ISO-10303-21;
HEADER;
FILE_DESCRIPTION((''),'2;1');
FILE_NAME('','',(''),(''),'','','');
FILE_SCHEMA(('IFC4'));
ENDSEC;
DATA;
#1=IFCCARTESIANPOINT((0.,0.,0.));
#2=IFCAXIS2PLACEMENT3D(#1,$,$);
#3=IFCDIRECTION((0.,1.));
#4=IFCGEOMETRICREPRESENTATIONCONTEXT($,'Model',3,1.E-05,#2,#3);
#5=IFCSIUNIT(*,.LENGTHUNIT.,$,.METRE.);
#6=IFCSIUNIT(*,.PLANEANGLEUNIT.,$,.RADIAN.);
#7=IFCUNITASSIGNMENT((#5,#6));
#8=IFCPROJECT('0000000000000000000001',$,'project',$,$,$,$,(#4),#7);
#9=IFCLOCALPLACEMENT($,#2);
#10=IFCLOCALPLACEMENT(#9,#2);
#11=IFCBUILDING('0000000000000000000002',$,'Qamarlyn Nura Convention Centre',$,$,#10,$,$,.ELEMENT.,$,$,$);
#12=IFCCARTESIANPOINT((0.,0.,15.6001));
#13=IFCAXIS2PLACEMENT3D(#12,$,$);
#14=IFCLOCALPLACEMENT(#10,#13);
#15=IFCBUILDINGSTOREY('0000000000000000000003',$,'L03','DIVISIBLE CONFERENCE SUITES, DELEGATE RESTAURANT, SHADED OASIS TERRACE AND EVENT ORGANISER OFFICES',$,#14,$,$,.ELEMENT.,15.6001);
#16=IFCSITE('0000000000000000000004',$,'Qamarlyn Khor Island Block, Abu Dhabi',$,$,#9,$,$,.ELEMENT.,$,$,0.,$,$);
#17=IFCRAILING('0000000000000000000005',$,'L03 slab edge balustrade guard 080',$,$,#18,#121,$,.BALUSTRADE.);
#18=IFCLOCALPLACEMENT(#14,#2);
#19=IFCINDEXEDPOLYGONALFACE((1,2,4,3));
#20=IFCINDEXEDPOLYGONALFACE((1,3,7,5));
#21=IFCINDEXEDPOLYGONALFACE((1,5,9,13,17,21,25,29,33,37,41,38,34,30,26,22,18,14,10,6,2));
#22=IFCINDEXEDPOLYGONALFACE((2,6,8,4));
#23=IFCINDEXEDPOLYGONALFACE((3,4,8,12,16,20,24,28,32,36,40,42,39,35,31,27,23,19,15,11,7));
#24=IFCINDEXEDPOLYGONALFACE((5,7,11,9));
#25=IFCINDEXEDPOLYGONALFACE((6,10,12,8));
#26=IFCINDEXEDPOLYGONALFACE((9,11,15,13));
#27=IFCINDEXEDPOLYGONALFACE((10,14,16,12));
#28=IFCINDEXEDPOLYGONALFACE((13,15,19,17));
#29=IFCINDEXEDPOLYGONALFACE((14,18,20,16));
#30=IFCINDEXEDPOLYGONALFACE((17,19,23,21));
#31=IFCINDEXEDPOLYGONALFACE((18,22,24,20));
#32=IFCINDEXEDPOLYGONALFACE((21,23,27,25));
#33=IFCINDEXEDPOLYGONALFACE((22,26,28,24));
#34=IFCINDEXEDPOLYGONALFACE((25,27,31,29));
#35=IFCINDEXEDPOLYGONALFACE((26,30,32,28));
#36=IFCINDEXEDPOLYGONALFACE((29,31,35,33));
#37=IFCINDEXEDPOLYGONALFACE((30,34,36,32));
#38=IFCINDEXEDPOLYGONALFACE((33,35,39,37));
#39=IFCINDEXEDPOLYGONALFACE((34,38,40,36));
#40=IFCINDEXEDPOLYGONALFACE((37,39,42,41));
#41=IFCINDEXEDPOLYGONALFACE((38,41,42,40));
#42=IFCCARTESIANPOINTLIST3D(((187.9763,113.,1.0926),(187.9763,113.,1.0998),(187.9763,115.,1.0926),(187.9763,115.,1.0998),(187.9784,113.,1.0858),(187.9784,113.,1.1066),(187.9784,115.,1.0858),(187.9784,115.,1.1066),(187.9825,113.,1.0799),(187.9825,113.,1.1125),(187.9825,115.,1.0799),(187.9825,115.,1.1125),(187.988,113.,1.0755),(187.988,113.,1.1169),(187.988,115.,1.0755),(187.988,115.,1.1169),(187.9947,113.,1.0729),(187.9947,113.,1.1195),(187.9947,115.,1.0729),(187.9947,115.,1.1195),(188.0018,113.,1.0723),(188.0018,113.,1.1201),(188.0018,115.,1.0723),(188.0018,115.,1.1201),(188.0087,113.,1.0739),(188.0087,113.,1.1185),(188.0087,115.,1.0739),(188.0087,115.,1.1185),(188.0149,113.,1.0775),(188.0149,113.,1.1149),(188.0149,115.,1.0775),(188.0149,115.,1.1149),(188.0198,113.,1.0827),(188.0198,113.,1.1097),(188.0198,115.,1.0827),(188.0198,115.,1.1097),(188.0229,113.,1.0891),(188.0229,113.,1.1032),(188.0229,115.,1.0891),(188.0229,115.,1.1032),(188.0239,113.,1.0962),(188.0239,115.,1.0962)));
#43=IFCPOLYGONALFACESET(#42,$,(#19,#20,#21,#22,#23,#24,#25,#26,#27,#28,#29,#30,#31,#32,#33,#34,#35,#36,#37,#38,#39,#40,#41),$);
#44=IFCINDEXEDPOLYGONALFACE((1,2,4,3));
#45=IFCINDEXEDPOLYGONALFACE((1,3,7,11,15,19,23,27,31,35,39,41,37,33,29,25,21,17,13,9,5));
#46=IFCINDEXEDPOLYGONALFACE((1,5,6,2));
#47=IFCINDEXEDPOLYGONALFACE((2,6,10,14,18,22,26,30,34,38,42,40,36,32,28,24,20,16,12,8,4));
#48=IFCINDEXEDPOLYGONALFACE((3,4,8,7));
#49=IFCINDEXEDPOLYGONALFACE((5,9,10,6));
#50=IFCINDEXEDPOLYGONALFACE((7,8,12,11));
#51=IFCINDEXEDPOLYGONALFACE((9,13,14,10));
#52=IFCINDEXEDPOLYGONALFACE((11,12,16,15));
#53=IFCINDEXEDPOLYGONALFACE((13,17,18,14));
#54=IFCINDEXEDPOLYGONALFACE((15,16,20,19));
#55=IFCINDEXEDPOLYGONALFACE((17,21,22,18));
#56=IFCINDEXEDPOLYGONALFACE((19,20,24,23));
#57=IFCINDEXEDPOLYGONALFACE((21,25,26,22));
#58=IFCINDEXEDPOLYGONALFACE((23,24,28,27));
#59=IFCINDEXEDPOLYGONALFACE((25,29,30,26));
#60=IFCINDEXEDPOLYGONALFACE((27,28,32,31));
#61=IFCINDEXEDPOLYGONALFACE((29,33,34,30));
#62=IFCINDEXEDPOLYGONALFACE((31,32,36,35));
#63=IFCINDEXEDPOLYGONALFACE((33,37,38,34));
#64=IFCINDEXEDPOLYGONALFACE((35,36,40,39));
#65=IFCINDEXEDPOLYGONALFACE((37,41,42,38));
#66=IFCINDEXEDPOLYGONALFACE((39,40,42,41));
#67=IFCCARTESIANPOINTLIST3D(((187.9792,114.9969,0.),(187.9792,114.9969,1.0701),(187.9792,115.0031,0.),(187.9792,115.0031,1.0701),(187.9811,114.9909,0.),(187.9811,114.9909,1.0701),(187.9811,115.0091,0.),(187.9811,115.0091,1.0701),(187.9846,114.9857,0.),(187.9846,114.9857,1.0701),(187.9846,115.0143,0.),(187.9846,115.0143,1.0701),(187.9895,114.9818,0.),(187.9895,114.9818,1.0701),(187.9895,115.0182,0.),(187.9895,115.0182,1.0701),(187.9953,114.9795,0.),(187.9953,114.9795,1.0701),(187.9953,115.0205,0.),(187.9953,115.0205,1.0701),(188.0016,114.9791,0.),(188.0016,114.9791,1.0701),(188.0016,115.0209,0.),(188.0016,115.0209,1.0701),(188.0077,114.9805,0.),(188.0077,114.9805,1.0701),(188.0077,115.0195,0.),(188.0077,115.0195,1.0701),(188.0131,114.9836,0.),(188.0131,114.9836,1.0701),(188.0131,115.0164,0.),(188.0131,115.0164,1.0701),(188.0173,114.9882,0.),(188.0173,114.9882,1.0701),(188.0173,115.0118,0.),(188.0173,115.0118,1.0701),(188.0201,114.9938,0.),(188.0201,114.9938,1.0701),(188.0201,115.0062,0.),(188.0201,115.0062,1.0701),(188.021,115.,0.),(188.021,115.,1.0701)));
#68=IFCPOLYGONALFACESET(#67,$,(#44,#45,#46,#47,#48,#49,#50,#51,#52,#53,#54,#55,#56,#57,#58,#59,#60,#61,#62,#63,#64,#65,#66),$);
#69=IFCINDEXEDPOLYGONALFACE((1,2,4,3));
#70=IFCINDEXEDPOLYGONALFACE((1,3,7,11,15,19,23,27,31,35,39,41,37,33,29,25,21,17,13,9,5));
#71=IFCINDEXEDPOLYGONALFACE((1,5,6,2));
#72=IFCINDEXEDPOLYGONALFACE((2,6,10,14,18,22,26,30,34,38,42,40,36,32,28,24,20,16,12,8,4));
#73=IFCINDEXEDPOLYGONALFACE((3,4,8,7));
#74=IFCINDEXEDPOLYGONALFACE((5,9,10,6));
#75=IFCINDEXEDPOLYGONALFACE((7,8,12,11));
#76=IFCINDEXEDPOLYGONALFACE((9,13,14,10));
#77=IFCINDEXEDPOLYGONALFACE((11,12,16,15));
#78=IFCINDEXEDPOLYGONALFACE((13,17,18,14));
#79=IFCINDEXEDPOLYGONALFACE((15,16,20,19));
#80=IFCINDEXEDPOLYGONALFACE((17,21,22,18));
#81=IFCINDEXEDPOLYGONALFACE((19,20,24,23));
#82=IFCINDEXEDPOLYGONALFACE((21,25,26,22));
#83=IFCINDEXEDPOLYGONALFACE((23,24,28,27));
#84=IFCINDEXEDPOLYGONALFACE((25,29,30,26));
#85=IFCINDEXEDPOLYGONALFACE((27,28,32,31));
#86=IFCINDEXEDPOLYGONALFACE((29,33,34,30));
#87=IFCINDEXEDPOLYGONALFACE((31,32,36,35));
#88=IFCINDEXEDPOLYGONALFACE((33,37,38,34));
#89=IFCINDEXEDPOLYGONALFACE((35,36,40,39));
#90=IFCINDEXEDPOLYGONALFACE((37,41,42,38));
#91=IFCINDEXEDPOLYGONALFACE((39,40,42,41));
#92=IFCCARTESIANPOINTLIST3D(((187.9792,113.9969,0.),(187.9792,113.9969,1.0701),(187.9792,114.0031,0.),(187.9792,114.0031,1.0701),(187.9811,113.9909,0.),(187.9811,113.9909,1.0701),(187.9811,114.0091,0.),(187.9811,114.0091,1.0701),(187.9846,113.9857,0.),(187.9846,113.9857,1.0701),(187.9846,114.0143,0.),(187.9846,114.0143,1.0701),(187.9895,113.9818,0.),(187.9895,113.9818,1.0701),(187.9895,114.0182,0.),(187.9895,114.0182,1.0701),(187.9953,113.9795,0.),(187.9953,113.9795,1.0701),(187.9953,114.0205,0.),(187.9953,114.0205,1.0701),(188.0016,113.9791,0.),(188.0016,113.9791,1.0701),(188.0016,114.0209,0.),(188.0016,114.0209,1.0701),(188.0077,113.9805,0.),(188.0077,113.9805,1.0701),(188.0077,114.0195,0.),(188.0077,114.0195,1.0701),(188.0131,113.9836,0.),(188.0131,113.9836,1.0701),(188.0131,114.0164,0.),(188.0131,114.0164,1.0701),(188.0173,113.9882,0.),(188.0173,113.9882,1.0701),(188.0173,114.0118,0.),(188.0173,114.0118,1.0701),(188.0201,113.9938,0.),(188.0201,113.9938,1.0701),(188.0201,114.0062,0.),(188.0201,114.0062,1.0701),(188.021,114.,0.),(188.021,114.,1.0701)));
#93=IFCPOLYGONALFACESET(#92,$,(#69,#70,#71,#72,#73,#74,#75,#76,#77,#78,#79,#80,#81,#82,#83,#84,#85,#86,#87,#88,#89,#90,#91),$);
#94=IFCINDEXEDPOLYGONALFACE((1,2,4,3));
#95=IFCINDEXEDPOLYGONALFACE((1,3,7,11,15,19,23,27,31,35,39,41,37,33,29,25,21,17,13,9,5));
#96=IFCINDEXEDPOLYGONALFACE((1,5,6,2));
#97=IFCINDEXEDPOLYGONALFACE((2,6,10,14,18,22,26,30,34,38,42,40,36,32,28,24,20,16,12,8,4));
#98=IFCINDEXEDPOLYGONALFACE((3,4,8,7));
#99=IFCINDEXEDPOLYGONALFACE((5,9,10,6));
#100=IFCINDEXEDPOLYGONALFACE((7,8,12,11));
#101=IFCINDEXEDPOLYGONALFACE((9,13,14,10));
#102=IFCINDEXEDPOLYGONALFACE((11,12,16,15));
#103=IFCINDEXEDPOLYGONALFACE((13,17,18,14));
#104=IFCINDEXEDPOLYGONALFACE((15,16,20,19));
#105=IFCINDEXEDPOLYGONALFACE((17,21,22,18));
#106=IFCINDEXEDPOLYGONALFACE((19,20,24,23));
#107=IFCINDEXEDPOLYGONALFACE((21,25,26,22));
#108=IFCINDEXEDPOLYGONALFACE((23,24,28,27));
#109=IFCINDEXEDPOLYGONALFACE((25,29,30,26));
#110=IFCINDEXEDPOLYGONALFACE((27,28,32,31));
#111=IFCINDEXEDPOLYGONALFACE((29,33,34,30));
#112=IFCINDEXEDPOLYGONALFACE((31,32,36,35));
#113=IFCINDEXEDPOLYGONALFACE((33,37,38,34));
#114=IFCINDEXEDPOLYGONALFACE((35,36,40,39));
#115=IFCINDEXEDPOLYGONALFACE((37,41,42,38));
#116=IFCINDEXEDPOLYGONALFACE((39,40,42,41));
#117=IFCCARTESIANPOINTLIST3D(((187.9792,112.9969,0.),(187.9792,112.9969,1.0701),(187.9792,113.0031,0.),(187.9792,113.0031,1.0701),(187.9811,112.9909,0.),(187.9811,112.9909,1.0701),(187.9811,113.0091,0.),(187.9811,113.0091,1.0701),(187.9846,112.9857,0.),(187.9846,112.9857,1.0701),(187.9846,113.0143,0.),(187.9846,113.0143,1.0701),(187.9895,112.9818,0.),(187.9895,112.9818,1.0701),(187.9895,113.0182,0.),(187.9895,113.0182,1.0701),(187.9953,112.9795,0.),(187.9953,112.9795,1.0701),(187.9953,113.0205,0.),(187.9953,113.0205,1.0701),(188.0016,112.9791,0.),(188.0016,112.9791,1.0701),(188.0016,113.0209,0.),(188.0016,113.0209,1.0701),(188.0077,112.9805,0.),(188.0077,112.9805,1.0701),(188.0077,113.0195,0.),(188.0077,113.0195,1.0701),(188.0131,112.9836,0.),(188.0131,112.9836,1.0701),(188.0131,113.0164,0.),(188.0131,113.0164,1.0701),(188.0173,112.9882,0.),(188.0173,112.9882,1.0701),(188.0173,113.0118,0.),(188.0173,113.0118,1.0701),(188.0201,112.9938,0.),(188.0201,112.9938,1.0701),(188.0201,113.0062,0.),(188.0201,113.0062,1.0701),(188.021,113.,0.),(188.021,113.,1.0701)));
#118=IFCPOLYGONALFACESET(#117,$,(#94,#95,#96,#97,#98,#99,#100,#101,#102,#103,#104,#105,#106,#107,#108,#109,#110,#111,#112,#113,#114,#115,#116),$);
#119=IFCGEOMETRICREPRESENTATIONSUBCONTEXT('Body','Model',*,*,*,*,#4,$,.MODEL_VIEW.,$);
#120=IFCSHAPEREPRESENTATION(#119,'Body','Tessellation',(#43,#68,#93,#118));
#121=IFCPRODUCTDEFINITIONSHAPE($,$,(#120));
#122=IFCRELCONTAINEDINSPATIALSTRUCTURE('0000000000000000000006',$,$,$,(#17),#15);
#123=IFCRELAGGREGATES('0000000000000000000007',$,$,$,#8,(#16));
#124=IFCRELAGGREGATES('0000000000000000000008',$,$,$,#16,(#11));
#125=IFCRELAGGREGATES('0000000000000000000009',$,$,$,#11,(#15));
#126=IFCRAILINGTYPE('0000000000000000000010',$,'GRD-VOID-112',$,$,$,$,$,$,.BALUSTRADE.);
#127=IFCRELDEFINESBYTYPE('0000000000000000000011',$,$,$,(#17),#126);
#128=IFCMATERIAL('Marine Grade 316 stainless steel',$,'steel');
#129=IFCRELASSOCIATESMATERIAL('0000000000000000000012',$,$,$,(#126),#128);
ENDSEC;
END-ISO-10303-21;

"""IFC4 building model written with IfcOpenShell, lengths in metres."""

from ifc_helpers import new_model, si_unit, direction, frame, origin, origin_2d, place, context, subcontext, project, spatial, circle, extrude, material, type_object, element, save


model = new_model("IFC4")

# Units and contexts
model_context = context("Model", 3, precision=1e-05, world=origin(), true_north=direction((0.0, 1.0)))
body_context = subcontext(model_context, "Body", "Model", "MODEL_VIEW")
ifc_project = project(units=[si_unit("LENGTHUNIT", "METRE"), si_unit("PLANEANGLEUNIT", "RADIAN")], contexts=[model_context])

# Site, building, storey
site_placement = place(None, origin())
site = spatial("IfcSite", under=ifc_project, at=site_placement, Name="Qamarlyn Khor Island Block, Abu Dhabi", CompositionType="ELEMENT", RefElevation=0.0)
building_placement = place(site_placement, origin())
building = spatial("IfcBuilding", under=site, at=building_placement, Name="Qamarlyn Nura Convention Centre", CompositionType="ELEMENT")
storey_placement = place(building_placement, frame((0.0, 0.0, 15.6001)))
storey = spatial("IfcBuildingStorey", under=building, at=storey_placement, Name="L03", Description="DIVISIBLE CONFERENCE SUITES, DELEGATE RESTAURANT, SHADED OASIS TERRACE AND EVENT ORGANISER OFFICES", CompositionType="ELEMENT", Elevation=15.6001)

# Railing
ifc_material_1 = material(Name="Marine Grade 316 stainless steel", Category="steel")
railing_type = type_object("IfcRailingType", Name="GRD-VOID-112", PredefinedType="BALUSTRADE", material=ifc_material_1)
railing_1_placement = place(storey_placement, frame((188.0, 115.0, 0.0)))
element("IfcRailing", 1, at=railing_1_placement, inside=storey, type_object=railing_type, Name="L03 slab edge balustrade guard 080", PredefinedType="BALUSTRADE", context=body_context, shape_type="SweptSolid", body=[
    extrude(circle(Radius=0.0239, at=origin_2d()), frame((0.0, 0.0, 1.0962), z_axis=(0.0, -1.0, 0.0), x_axis=(1.0, 0.0, 0.0)), (0.0, 0.0, 1.0), 2.0),
    extrude(circle(Radius=0.021, at=origin_2d()), origin(), (0.0, 0.0, 1.0), 1.0701),
    extrude(circle(Radius=0.021, at=origin_2d()), frame((0.0, -1.0, 0.0)), (0.0, 0.0, 1.0), 1.0701),
    extrude(circle(Radius=0.021, at=origin_2d()), frame((0.0, -2.0, 0.0)), (0.0, 0.0, 1.0), 1.0701),
])

save(model, "model.ifc")
